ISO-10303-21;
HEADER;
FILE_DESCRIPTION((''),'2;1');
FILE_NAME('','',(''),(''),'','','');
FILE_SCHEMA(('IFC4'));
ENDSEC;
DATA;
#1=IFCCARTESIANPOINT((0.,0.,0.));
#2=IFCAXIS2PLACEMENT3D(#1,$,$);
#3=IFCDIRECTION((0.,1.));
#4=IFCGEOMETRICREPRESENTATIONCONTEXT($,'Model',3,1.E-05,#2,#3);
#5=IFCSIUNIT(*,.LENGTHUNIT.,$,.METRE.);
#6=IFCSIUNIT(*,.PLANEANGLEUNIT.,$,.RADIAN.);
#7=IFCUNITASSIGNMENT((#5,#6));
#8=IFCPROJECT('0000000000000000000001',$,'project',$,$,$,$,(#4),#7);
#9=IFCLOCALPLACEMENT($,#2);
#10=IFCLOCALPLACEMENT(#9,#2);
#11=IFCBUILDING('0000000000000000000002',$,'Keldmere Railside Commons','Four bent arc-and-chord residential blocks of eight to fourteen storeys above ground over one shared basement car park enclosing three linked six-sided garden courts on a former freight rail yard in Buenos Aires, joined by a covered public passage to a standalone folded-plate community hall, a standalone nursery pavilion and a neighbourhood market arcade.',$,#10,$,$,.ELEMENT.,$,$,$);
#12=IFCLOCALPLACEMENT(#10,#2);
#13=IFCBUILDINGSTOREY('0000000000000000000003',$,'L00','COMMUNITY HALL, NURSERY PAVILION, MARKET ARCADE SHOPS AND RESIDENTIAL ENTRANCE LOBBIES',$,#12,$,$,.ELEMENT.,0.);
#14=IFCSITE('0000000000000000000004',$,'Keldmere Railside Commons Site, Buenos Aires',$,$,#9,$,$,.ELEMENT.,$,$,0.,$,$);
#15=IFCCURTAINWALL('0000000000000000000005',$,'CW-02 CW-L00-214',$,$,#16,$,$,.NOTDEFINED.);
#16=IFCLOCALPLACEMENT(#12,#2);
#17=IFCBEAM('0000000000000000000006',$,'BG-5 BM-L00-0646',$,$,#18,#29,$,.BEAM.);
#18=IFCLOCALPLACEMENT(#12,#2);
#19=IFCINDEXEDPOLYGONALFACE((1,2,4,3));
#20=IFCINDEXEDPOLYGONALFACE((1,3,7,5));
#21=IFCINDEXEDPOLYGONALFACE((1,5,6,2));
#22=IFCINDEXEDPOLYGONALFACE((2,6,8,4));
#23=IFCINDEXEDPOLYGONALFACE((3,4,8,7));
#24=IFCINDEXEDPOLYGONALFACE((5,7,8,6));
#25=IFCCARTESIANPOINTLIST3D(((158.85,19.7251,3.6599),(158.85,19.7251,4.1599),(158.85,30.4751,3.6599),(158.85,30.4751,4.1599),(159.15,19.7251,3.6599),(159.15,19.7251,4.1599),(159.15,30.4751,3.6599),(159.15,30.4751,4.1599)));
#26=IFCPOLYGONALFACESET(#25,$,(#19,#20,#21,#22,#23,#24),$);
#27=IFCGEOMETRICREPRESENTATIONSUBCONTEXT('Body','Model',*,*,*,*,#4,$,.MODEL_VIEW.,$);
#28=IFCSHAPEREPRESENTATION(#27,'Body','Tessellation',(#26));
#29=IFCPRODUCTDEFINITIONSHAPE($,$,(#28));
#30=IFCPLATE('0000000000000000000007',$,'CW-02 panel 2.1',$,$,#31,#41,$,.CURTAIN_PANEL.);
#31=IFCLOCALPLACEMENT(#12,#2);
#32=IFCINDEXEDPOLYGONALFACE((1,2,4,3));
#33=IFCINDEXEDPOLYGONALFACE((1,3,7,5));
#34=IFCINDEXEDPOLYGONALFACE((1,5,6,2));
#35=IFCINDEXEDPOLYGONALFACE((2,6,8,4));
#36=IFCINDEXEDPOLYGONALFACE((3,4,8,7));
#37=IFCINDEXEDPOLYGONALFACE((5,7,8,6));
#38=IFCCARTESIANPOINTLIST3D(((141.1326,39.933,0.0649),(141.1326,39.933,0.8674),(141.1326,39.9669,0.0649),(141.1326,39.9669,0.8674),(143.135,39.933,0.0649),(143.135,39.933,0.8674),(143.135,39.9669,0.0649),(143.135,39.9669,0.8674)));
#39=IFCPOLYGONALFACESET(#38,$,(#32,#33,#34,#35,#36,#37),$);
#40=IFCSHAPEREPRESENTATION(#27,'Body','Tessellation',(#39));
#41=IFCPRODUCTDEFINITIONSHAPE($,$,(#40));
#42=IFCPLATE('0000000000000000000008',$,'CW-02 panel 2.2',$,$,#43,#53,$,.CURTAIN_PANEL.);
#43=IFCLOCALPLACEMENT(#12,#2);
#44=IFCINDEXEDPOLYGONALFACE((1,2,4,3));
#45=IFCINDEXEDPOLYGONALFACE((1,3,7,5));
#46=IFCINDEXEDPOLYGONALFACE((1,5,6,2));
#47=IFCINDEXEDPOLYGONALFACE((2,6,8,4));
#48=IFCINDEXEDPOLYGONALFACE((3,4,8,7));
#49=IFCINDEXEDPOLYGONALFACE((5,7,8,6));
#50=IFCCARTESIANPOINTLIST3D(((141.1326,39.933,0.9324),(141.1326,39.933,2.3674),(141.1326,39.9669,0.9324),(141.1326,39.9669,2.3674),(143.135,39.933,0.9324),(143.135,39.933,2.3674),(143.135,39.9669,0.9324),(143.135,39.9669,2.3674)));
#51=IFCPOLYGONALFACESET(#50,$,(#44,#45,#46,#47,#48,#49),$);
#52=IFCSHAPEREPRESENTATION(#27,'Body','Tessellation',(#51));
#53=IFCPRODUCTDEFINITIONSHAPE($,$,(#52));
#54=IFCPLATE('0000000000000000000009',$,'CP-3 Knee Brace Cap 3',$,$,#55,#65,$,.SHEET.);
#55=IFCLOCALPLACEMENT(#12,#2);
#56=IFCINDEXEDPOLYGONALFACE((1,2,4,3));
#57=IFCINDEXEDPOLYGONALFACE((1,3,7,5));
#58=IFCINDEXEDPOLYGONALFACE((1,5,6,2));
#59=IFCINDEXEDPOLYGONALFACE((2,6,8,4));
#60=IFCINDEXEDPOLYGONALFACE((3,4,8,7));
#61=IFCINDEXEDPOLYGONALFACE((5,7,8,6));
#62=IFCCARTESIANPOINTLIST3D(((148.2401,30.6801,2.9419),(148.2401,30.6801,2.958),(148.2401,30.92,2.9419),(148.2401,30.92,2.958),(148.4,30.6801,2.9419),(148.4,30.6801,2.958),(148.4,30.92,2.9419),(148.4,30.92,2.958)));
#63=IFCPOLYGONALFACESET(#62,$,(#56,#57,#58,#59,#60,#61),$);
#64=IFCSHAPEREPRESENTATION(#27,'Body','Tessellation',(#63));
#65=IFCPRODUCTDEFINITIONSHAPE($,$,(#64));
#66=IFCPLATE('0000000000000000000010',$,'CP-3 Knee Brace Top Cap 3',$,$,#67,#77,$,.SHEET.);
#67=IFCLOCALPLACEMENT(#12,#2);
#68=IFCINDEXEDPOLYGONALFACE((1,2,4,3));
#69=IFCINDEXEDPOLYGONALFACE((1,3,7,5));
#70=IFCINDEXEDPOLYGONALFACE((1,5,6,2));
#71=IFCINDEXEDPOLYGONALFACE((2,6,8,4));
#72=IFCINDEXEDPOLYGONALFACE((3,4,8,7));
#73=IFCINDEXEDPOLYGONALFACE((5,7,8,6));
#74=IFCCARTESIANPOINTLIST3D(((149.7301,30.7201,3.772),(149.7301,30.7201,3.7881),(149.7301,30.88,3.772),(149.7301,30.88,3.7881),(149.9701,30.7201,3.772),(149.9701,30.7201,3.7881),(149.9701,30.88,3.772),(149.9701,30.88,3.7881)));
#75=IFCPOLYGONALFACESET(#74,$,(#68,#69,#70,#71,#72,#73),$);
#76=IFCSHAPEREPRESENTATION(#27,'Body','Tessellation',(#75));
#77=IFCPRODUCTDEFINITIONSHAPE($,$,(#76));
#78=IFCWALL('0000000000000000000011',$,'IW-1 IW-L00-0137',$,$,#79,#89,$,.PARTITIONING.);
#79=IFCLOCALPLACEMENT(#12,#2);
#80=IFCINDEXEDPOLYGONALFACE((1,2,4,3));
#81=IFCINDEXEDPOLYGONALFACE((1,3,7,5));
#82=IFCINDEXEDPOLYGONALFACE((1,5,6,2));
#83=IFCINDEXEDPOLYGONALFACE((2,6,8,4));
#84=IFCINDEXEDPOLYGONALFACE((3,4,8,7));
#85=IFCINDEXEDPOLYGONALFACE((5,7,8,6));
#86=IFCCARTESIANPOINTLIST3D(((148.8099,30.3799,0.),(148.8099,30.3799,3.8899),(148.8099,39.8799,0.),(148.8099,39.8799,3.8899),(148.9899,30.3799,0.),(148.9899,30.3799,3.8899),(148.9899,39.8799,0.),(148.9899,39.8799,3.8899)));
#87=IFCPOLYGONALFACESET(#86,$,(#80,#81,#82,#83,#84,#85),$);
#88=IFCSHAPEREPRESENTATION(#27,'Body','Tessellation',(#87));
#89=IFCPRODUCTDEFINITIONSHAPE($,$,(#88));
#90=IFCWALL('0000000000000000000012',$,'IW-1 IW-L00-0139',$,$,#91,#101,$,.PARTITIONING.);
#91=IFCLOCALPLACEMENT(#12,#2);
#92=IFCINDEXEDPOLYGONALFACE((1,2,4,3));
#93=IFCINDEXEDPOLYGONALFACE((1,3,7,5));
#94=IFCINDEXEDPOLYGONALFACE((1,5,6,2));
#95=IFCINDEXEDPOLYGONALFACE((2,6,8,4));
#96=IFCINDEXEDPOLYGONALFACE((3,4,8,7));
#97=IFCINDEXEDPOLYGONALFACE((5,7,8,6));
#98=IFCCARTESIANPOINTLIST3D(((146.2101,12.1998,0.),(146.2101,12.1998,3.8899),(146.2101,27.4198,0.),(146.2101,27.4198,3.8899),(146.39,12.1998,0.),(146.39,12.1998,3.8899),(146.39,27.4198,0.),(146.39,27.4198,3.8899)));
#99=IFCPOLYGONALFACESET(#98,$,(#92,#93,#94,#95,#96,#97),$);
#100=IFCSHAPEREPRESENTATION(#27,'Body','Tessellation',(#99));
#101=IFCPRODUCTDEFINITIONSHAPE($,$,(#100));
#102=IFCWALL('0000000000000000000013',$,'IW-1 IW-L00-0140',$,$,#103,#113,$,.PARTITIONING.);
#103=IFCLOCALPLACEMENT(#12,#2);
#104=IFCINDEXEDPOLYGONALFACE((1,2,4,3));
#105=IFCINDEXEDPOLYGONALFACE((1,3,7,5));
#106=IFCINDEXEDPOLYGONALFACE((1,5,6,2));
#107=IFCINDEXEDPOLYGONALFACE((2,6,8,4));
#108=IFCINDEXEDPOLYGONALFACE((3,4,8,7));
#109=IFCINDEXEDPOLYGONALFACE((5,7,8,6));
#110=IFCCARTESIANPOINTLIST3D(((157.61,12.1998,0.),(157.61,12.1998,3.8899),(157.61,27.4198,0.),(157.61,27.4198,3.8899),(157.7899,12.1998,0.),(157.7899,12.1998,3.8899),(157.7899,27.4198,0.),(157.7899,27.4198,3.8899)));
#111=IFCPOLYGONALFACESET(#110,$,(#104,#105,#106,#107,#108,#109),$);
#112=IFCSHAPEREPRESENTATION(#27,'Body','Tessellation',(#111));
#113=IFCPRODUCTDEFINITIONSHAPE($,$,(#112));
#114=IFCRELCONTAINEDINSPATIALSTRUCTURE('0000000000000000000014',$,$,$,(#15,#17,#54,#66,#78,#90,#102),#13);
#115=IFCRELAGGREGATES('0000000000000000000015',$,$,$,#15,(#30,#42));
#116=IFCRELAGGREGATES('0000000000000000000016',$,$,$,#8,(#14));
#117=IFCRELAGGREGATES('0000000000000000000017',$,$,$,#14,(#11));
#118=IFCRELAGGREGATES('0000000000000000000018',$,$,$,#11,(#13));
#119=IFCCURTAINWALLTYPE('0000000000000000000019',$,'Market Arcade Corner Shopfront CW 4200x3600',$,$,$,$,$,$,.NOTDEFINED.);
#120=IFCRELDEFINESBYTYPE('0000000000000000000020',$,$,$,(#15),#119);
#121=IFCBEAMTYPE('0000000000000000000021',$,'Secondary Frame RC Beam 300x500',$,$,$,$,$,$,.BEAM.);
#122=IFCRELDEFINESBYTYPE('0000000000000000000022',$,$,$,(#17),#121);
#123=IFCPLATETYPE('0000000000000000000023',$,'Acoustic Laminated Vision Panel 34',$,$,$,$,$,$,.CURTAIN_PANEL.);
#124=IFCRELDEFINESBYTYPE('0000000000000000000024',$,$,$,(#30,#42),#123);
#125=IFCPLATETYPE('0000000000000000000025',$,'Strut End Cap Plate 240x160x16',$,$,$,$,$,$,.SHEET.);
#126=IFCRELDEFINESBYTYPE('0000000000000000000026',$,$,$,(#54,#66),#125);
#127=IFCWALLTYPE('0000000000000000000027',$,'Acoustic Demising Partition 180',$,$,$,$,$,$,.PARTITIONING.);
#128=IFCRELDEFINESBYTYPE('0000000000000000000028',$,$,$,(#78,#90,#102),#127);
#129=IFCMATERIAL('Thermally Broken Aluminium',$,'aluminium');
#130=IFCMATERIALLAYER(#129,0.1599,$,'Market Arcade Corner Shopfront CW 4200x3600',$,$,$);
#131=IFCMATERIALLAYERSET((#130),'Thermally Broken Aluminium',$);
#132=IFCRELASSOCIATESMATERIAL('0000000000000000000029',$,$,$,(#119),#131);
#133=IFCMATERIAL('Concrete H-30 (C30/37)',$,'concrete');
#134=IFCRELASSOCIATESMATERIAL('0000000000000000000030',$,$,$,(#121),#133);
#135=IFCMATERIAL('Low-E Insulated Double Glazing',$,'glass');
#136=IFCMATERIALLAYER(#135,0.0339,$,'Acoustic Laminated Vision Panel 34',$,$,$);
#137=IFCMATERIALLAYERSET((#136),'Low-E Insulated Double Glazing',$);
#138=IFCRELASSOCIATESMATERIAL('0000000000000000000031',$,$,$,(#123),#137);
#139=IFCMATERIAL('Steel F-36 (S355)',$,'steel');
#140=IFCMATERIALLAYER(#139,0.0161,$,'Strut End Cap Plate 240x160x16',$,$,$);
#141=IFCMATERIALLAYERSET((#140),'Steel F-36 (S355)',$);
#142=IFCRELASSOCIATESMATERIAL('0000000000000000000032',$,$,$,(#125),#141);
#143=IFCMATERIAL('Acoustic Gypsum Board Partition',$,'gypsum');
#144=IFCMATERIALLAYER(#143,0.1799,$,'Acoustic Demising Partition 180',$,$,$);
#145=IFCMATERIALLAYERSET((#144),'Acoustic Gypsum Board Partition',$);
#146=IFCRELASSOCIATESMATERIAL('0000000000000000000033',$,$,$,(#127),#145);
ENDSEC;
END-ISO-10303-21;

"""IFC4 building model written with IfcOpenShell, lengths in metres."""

from ifc_helpers import new_model, si_unit, direction, frame, frame_2d, origin, origin_2d, place, context, subcontext, project, spatial, rectangle, extrude, material, layer, layer_set, material_profile, profile_set, type_object, element, aggregate, save


model = new_model("IFC4")

# Units and contexts
model_context = context("Model", 3, precision=1e-05, world=origin(), true_north=direction((0.0, 1.0)))
body_context = subcontext(model_context, "Body", "Model", "MODEL_VIEW")
ifc_project = project(units=[si_unit("LENGTHUNIT", "METRE"), si_unit("PLANEANGLEUNIT", "RADIAN")], contexts=[model_context])

# Site, building, storey
site_placement = place(None, origin())
site = spatial("IfcSite", under=ifc_project, at=site_placement, Name="Keldmere Railside Commons Site, Buenos Aires", CompositionType="ELEMENT", RefElevation=0.0)
building_placement = place(site_placement, origin())
building = spatial("IfcBuilding", under=site, at=building_placement, Name="Keldmere Railside Commons", Description="Four bent arc-and-chord residential blocks of eight to fourteen storeys above ground over one shared basement car park enclosing three linked six-sided garden courts on a former freight rail yard in Buenos Aires, joined by a covered public passage to a standalone folded-plate community hall, a standalone nursery pavilion and a neighbourhood market arcade.", CompositionType="ELEMENT")
storey_placement = place(building_placement, origin())
storey = spatial("IfcBuildingStorey", under=building, at=storey_placement, Name="L00", Description="COMMUNITY HALL, NURSERY PAVILION, MARKET ARCADE SHOPS AND RESIDENTIAL ENTRANCE LOBBIES", CompositionType="ELEMENT", Elevation=0.0)

# Shared definitions
ifc_material_1 = material(Name="Steel F-36 (S355)", Category="steel")

# Curtain wall
ifc_material_2 = material(Name="Thermally Broken Aluminium", Category="aluminium")
ifc_layer_1 = layer(ifc_material_2, 0.1599, Name="Market Arcade Corner Shopfront CW 4200x3600")
ifc_layer_set_1 = layer_set([ifc_layer_1], Name="Thermally Broken Aluminium")
curtain_wall_type = type_object("IfcCurtainWallType", Name="Market Arcade Corner Shopfront CW 4200x3600", PredefinedType="NOTDEFINED", material=ifc_layer_set_1)
curtain_wall_placement = place(storey_placement, origin())
curtain_wall = element("IfcCurtainWall", 1, at=curtain_wall_placement, inside=storey, type_object=curtain_wall_type, Name="CW-02 CW-L00-214", PredefinedType="NOTDEFINED")

# Beam
ifc_material_3 = material(Name="Concrete H-30 (C30/37)", Category="concrete")
ifc_material_profile_1 = material_profile(ifc_material_3, rectangle(XDim=0.3, YDim=0.5, at=origin_2d()), Name="RC-300x500")
ifc_profile_set_1 = profile_set([ifc_material_profile_1], Name="Concrete H-30 (C30/37)")
beam_type_1 = type_object("IfcBeamType", Name="Secondary Frame RC Beam 300x500", PredefinedType="BEAM", material=ifc_profile_set_1)
beam_1_placement = place(storey_placement, frame((159.0, 19.7251, 3.9099), z_axis=(0.0, 1.0, 0.0), x_axis=(-1.0, 0.0, 0.0)))
element("IfcBeam", 2, at=beam_1_placement, inside=storey, type_object=beam_type_1, Name="BG-5 BM-L00-0646", PredefinedType="BEAM", context=body_context, shape_type="SweptSolid", body=[
    extrude(rectangle(XDim=0.3, YDim=0.5, at=origin_2d()), origin(), (0.0, 0.0, 1.0), 10.75),
])

# Plates
ifc_material_4 = material(Name="Low-E Insulated Double Glazing", Category="glass")
ifc_layer_2 = layer(ifc_material_4, 0.0339, Name="Acoustic Laminated Vision Panel 34")
ifc_layer_set_2 = layer_set([ifc_layer_2], Name="Low-E Insulated Double Glazing")
plate_type_1 = type_object("IfcPlateType", Name="Acoustic Laminated Vision Panel 34", PredefinedType="CURTAIN_PANEL", material=ifc_layer_set_2)
plate_1_placement = place(storey_placement, frame((142.1338, 39.95, 0.0649), z_axis=(0.0, 0.0, 1.0), x_axis=(1.0, 0.0, 0.0)))
plate_1 = element("IfcPlate", 3, at=plate_1_placement, type_object=plate_type_1, Name="CW-02 panel 2.1", PredefinedType="CURTAIN_PANEL", context=body_context, shape_type="SweptSolid", body=[
    extrude(rectangle(XDim=2.0024, YDim=0.0339, at=origin_2d()), origin(), (0.0, 0.0, 1.0), 0.8025),
])
plate_2_placement = place(storey_placement, frame((142.1338, 39.95, 0.9324), z_axis=(0.0, 0.0, 1.0), x_axis=(1.0, 0.0, 0.0)))
plate_2 = element("IfcPlate", 4, at=plate_2_placement, type_object=plate_type_1, Name="CW-02 panel 2.2", PredefinedType="CURTAIN_PANEL", context=body_context, shape_type="SweptSolid", body=[
    extrude(rectangle(XDim=2.0024, YDim=0.0339, at=origin_2d()), origin(), (0.0, 0.0, 1.0), 1.4351),
])
aggregate(curtain_wall, [plate_1, plate_2])

# Plates
ifc_layer_3 = layer(ifc_material_1, 0.0161, Name="Strut End Cap Plate 240x160x16")
ifc_layer_set_3 = layer_set([ifc_layer_3], Name="Steel F-36 (S355)")
plate_type_2 = type_object("IfcPlateType", Name="Strut End Cap Plate 240x160x16", PredefinedType="SHEET", material=ifc_layer_set_3)
for number, where, z_axis, x_axis, name in (
    (5, (148.3201, 30.8, 2.9419), (0.0, 0.0, 1.0), (0.0, 1.0, 0.0), "CP-3 Knee Brace Cap 3"),
    (6, (149.8501, 30.8, 3.772), (0.0, 0.0, 1.0), (1.0, 0.0, 0.0), "CP-3 Knee Brace Top Cap 3"),
):
    element("IfcPlate", number, at=place(storey_placement, frame(where, z_axis=z_axis, x_axis=x_axis)), inside=storey, type_object=plate_type_2, Name=name, PredefinedType="SHEET", context=body_context, shape_type="SweptSolid", body=[
        extrude(rectangle(XDim=0.24, YDim=0.1599, at=origin_2d()), origin(), (0.0, 0.0, 1.0), 0.0161),
    ])

# Walls
ifc_material_5 = material(Name="Acoustic Gypsum Board Partition", Category="gypsum")
ifc_layer_4 = layer(ifc_material_5, 0.1799, Name="Acoustic Demising Partition 180")
ifc_layer_set_4 = layer_set([ifc_layer_4], Name="Acoustic Gypsum Board Partition")
wall_type = type_object("IfcWallType", Name="Acoustic Demising Partition 180", PredefinedType="PARTITIONING", material=ifc_layer_set_4)
wall_placement = place(storey_placement, frame((148.8999, 30.3799, 0.0), z_axis=(0.0, 0.0, 1.0), x_axis=(0.0, 1.0, 0.0)))
element("IfcWall", 7, at=wall_placement, inside=storey, type_object=wall_type, Name="IW-1 IW-L00-0137", PredefinedType="PARTITIONING", context=body_context, shape_type="SweptSolid", body=[
    extrude(rectangle(XDim=9.5, YDim=0.1799, at=frame_2d((4.75, 0.0))), origin(), (0.0, 0.0, 1.0), 3.8899),
])
for number, where, z_axis, x_axis, name in (
    (8, (146.3, 12.2, 0.0), (0.0, 0.0, 1.0), (0.0, 1.0, 0.0), "IW-1 IW-L00-0139"),
    (9, (157.7, 12.2, 0.0), (0.0, 0.0, 1.0), (0.0, 1.0, 0.0), "IW-1 IW-L00-0140"),
):
    element("IfcWall", number, at=place(storey_placement, frame(where, z_axis=z_axis, x_axis=x_axis)), inside=storey, type_object=wall_type, Name=name, PredefinedType="PARTITIONING", context=body_context, shape_type="SweptSolid", body=[
        extrude(rectangle(XDim=15.22, YDim=0.1799, at=frame_2d((7.6099, 0.0))), origin(), (0.0, 0.0, 1.0), 3.8899),
    ])

save(model, "model.ifc")
